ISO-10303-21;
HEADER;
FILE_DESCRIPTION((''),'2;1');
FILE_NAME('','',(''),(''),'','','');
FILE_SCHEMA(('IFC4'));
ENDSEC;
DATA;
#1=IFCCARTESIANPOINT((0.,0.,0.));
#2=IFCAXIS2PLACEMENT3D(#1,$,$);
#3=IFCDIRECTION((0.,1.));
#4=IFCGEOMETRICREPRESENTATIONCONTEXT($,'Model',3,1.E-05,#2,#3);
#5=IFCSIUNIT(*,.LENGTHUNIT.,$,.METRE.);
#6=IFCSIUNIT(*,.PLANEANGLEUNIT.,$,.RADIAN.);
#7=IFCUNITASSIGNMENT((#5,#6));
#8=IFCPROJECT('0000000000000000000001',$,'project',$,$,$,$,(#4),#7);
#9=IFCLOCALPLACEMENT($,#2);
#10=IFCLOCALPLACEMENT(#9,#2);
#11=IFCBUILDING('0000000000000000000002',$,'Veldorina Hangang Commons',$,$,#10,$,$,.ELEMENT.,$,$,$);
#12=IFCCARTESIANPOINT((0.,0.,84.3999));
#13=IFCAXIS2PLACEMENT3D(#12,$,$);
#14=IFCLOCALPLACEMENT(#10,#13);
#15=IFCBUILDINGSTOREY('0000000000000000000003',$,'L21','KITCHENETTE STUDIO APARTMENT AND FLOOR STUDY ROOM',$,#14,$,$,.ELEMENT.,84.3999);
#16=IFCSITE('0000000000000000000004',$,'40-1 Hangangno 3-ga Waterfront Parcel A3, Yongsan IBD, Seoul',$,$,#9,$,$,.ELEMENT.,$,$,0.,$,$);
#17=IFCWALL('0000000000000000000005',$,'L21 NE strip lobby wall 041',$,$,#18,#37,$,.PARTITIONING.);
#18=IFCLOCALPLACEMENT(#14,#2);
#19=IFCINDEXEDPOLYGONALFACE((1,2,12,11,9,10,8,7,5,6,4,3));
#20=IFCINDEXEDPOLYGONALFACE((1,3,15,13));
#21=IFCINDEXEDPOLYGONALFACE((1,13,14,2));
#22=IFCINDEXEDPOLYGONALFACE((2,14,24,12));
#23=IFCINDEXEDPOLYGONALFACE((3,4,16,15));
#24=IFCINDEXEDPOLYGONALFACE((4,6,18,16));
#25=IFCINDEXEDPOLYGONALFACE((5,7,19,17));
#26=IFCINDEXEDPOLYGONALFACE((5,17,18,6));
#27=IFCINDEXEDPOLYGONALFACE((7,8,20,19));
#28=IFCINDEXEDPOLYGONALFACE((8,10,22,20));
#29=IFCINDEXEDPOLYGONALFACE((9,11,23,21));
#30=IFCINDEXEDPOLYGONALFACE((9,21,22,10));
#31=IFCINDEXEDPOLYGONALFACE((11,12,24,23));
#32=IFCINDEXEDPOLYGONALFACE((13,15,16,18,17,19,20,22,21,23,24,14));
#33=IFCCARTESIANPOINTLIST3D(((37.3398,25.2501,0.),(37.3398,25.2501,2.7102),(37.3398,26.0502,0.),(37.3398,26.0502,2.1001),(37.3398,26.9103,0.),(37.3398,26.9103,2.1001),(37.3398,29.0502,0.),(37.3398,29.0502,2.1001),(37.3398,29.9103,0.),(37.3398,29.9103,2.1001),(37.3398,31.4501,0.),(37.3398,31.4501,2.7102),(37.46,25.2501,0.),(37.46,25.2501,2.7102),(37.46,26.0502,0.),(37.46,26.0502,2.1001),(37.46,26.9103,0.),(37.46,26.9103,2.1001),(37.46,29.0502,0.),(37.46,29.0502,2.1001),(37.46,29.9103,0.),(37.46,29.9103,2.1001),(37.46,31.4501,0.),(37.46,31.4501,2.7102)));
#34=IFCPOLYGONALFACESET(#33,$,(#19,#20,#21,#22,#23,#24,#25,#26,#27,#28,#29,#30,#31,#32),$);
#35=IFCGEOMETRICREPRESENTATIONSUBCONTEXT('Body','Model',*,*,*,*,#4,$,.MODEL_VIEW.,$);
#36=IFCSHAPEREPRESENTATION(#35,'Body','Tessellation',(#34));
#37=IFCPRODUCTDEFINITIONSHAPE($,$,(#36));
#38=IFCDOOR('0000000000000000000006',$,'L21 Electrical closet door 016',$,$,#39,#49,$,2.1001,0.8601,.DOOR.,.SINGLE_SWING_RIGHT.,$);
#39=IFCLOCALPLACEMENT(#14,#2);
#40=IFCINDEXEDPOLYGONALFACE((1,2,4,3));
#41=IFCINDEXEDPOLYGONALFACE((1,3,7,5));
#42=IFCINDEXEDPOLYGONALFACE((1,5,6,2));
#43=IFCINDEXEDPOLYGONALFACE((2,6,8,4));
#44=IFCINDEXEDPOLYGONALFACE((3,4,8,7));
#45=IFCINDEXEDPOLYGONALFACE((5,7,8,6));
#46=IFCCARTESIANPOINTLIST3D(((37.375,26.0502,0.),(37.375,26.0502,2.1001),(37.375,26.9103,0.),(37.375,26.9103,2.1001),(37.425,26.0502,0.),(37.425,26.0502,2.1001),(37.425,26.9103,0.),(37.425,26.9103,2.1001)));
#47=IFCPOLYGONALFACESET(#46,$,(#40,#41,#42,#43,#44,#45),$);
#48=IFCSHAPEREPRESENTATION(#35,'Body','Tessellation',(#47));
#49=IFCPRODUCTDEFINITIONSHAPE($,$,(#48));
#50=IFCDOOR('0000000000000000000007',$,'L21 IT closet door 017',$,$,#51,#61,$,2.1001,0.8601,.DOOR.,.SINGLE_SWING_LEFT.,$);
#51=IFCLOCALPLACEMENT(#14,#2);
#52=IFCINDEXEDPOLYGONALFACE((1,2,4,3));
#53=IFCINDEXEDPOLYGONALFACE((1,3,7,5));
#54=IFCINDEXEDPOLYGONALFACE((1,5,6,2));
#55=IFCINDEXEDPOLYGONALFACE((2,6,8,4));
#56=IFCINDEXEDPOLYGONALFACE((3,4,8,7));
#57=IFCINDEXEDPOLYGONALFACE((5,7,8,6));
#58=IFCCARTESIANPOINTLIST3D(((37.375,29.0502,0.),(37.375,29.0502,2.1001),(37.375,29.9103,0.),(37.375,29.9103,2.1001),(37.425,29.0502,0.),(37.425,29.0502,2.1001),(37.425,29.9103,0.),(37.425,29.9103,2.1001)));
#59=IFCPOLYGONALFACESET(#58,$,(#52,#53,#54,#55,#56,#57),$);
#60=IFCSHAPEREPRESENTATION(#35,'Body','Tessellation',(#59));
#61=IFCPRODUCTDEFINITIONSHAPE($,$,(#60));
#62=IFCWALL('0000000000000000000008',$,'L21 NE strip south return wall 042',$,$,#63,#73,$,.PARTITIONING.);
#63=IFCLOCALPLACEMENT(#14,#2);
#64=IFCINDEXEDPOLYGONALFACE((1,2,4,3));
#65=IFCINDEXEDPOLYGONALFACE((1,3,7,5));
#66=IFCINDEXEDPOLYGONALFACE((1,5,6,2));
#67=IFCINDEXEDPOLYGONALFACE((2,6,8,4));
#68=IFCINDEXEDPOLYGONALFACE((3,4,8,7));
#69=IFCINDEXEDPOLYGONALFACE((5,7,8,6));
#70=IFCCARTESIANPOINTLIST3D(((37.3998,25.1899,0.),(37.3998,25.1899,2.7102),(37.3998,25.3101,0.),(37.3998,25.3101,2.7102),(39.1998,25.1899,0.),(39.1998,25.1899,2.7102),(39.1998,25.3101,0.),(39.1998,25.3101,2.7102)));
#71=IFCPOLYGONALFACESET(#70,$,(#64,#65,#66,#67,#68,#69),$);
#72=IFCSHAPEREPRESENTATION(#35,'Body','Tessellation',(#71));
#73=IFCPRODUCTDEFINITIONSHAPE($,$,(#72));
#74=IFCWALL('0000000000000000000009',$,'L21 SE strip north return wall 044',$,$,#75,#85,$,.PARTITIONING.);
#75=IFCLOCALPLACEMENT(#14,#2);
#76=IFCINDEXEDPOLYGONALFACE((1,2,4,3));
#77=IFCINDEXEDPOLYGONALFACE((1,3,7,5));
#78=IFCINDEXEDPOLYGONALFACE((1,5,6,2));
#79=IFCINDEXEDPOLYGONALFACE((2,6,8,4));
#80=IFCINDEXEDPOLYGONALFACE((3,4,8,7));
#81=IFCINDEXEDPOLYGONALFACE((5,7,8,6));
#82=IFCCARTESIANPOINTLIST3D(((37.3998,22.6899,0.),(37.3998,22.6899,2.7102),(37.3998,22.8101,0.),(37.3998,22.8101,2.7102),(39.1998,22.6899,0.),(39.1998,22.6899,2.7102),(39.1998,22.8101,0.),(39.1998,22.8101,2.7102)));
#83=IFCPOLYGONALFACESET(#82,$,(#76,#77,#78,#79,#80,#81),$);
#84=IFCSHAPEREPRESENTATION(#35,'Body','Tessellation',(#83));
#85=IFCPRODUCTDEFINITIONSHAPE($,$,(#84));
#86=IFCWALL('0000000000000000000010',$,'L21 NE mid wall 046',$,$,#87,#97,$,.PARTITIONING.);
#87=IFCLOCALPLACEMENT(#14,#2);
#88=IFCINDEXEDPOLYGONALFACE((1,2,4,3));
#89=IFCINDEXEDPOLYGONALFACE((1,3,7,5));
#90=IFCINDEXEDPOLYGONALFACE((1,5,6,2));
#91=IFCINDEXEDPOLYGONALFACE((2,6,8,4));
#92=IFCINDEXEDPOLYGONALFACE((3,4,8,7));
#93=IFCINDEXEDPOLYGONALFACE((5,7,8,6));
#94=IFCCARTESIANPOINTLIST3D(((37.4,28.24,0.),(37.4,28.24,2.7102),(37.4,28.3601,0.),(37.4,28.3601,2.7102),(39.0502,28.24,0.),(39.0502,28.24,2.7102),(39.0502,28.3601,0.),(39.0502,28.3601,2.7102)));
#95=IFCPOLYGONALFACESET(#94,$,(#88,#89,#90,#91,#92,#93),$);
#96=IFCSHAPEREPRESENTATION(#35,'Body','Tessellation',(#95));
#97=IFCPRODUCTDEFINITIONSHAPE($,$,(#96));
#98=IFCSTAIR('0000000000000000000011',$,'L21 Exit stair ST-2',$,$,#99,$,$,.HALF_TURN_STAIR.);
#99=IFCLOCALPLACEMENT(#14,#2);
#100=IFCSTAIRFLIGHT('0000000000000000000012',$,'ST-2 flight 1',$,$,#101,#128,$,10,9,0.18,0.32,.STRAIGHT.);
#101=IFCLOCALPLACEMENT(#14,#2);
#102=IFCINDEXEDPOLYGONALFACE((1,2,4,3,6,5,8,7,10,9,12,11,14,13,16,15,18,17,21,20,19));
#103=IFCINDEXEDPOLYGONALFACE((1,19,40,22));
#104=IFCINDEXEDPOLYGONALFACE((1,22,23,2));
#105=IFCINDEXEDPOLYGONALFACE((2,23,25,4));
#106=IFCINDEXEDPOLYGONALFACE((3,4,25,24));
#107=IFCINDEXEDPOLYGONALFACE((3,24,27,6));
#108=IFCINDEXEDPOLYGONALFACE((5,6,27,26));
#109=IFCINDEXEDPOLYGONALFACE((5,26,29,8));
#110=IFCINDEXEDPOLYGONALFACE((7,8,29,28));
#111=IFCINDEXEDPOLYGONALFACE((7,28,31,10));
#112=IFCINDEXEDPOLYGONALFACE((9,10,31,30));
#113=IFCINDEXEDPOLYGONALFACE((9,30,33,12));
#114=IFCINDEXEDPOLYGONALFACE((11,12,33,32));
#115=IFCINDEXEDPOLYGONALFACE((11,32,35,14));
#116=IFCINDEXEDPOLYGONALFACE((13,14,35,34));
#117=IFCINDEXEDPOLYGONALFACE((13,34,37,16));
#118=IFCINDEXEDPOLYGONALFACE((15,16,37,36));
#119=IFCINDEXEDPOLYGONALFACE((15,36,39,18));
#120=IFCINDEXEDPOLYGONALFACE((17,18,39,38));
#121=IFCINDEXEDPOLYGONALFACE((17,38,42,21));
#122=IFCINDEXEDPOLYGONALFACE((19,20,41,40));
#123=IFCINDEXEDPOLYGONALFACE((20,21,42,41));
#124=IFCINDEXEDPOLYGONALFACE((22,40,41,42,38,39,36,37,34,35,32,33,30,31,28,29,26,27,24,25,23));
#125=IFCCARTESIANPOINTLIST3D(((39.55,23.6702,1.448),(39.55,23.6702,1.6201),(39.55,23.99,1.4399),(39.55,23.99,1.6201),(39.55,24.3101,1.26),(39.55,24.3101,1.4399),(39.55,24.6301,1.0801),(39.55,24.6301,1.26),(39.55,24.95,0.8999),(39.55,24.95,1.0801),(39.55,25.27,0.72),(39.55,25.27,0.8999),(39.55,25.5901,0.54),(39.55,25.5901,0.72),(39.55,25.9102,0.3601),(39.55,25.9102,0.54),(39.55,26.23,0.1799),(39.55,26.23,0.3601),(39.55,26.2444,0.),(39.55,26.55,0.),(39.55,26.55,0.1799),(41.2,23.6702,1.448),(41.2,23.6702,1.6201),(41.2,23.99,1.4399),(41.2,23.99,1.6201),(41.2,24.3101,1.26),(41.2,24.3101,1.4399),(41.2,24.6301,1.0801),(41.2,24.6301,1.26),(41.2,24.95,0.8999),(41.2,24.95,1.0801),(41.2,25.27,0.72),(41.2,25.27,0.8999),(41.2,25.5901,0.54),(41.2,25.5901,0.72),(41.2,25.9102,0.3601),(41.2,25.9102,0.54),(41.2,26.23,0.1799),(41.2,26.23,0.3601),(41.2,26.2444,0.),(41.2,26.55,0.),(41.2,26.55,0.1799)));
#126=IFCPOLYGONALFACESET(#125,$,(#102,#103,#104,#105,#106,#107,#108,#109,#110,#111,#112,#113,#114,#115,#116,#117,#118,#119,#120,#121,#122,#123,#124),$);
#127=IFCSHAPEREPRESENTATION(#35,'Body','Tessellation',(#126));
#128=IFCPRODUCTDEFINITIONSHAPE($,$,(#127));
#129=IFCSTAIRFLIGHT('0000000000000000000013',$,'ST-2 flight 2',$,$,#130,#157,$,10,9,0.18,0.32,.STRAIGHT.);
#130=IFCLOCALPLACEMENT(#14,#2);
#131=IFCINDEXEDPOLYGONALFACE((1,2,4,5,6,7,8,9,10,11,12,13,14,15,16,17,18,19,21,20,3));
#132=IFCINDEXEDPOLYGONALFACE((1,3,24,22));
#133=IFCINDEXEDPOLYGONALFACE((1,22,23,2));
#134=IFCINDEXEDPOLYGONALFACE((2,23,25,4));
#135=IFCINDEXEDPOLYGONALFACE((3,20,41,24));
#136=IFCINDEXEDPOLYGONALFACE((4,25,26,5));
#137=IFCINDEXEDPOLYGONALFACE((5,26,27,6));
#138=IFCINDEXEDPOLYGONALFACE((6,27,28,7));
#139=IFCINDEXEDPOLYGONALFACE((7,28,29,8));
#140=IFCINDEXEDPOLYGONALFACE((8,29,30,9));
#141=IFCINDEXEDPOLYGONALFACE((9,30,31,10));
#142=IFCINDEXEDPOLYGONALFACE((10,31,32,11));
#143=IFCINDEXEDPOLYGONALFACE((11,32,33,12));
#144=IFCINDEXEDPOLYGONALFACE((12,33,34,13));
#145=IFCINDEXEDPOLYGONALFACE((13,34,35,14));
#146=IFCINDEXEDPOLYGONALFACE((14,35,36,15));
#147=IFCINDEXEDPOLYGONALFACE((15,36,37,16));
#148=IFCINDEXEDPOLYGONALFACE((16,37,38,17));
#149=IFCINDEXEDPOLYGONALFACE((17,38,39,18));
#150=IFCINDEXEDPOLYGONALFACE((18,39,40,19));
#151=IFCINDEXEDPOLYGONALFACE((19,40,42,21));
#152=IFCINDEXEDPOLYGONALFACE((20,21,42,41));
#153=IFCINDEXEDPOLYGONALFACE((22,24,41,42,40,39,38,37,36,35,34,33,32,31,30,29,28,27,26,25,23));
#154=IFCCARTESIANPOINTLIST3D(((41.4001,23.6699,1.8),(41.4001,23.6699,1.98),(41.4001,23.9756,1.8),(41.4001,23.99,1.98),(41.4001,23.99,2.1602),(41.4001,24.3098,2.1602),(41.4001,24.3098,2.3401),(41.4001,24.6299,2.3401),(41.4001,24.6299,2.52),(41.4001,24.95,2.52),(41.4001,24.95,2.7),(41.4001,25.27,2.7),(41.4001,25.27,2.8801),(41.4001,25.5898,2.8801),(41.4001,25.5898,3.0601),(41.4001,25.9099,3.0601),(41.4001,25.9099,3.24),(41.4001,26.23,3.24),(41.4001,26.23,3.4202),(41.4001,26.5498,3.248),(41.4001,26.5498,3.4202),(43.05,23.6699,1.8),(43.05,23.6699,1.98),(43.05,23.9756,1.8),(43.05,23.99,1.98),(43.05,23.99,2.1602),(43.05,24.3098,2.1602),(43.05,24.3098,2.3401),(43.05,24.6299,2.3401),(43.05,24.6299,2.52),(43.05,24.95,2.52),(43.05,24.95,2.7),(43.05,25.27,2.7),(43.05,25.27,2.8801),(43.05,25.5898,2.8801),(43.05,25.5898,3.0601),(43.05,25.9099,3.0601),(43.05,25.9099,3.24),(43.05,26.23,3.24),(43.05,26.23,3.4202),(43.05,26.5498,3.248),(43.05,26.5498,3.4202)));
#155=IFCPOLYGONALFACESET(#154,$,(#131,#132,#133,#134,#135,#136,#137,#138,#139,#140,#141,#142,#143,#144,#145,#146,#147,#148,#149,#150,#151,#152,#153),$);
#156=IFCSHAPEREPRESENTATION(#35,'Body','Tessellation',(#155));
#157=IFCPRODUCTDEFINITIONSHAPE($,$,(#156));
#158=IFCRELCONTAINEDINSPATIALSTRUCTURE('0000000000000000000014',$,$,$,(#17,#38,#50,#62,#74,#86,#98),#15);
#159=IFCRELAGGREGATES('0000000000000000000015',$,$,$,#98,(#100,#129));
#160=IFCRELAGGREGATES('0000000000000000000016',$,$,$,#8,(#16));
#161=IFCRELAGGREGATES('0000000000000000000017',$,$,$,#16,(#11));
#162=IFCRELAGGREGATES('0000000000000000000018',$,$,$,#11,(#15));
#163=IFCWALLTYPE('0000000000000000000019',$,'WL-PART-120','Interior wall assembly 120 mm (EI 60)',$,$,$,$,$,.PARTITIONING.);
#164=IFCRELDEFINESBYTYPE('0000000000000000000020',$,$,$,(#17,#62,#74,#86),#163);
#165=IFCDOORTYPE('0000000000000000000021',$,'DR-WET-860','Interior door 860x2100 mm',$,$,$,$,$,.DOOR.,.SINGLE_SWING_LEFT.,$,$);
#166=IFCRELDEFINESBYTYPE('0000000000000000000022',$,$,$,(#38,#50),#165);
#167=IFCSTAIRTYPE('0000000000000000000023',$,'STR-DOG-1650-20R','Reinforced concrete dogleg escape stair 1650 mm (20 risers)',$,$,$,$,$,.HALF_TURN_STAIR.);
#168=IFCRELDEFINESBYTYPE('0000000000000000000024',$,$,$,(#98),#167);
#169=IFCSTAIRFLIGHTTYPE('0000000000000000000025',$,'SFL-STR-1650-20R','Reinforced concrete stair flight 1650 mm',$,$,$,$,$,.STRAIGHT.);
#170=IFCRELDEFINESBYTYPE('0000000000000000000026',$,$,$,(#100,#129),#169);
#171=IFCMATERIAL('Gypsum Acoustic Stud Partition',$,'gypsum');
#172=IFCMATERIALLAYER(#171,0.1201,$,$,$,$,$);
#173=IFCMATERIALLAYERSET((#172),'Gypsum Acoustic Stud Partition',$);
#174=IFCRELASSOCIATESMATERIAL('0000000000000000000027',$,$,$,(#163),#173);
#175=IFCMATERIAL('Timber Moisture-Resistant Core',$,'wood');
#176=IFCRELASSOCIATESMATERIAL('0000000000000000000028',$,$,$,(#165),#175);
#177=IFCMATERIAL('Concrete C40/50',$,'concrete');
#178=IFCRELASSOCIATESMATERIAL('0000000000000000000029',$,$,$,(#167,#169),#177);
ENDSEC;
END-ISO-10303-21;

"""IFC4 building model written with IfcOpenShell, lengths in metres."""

from ifc_helpers import new_model, si_unit, direction, frame, frame_2d, origin, place, context, subcontext, project, spatial, polyline, rectangle, outline, extrude, material, layer, layer_set, type_object, element, fill, aggregate, save


model = new_model("IFC4")

# Units and contexts
model_context = context("Model", 3, precision=1e-05, world=origin(), true_north=direction((0.0, 1.0)))
body_context = subcontext(model_context, "Body", "Model", "MODEL_VIEW")
ifc_project = project(units=[si_unit("LENGTHUNIT", "METRE"), si_unit("PLANEANGLEUNIT", "RADIAN")], contexts=[model_context])

# Site, building, storey
site_placement = place(None, origin())
site = spatial("IfcSite", under=ifc_project, at=site_placement, Name="40-1 Hangangno 3-ga Waterfront Parcel A3, Yongsan IBD, Seoul", CompositionType="ELEMENT", RefElevation=0.0)
building_placement = place(site_placement, origin())
building = spatial("IfcBuilding", under=site, at=building_placement, Name="Veldorina Hangang Commons", CompositionType="ELEMENT")
storey_placement = place(building_placement, frame((0.0, 0.0, 84.3999)))
storey = spatial("IfcBuildingStorey", under=building, at=storey_placement, Name="L21", Description="KITCHENETTE STUDIO APARTMENT AND FLOOR STUDY ROOM", CompositionType="ELEMENT", Elevation=84.3999)

# Wall, openings, doors
ifc_material_1 = material(Name="Gypsum Acoustic Stud Partition", Category="gypsum")
ifc_layer_1 = layer(ifc_material_1, 0.1201)
ifc_layer_set_1 = layer_set([ifc_layer_1], Name="Gypsum Acoustic Stud Partition")
wall_type_1 = type_object("IfcWallType", Name="WL-PART-120", Description="Interior wall assembly 120 mm (EI 60)", PredefinedType="PARTITIONING", material=ifc_layer_set_1)
wall_1_placement = place(storey_placement, frame((37.3999, 25.25, 0.0), z_axis=(0.0, 0.0, 1.0), x_axis=(0.0, 1.0, 0.0)))
wall_1 = element("IfcWall", 1, at=wall_1_placement, inside=storey, type_object=wall_type_1, Name="L21 NE strip lobby wall 041", PredefinedType="PARTITIONING", context=body_context, shape_type="SweptSolid", body=[
    extrude(rectangle(XDim=6.2, YDim=0.1201, at=frame_2d((3.1001, 0.0))), origin(), (0.0, 0.0, 1.0), 2.7102),
])
opening_1_placement = place(wall_1_placement, frame((0.8, 0.0, 0.0)))
opening_1 = element("IfcOpeningElement", 2, at=opening_1_placement, cuts=wall_1, PredefinedType="OPENING", context=body_context, shape_type="SweptSolid", body=[
    extrude(rectangle(XDim=0.8601, YDim=2.1001, at=frame_2d((0.4302, 1.05))), frame((0.0, 0.0701, 0.0), z_axis=(0.0, -1.0, 0.0), x_axis=(1.0, 0.0, 0.0)), (0.0, 0.0, 1.0), 0.1401),
])
opening_2_placement = place(wall_1_placement, frame((3.8, 0.0, 0.0)))
opening_2 = element("IfcOpeningElement", 3, at=opening_2_placement, cuts=wall_1, PredefinedType="OPENING", context=body_context, shape_type="SweptSolid", body=[
    extrude(rectangle(XDim=0.8601, YDim=2.1001, at=frame_2d((0.4302, 1.05))), frame((0.0, 0.0701, 0.0), z_axis=(0.0, -1.0, 0.0), x_axis=(1.0, 0.0, 0.0)), (0.0, 0.0, 1.0), 0.1401),
])
ifc_material_2 = material(Name="Timber Moisture-Resistant Core", Category="wood")
door_type_1 = type_object("IfcDoorType", Name="DR-WET-860", Description="Interior door 860x2100 mm", OperationType="SINGLE_SWING_LEFT", PredefinedType="DOOR", material=ifc_material_2)
door_1_placement = place(opening_1_placement, origin())
door_1 = element("IfcDoor", 4, at=door_1_placement, inside=storey, type_object=door_type_1, Name="L21 Electrical closet door 016", OperationType="SINGLE_SWING_RIGHT", OverallHeight=2.1001, OverallWidth=0.8601, PredefinedType="DOOR", context=body_context, shape_type="SweptSolid", body=[
    extrude(rectangle(XDim=0.8601, YDim=2.1001, at=frame_2d((0.4302, 1.05))), frame((0.0, 0.0249, 0.0), z_axis=(0.0, -1.0, 0.0), x_axis=(1.0, 0.0, 0.0)), (0.0, 0.0, 1.0), 0.05),
])
fill(opening_1, door_1)
door_2_placement = place(opening_2_placement, origin())
door_2 = element("IfcDoor", 5, at=door_2_placement, inside=storey, type_object=door_type_1, Name="L21 IT closet door 017", OperationType="SINGLE_SWING_LEFT", OverallHeight=2.1001, OverallWidth=0.8601, PredefinedType="DOOR", context=body_context, shape_type="SweptSolid", body=[
    extrude(rectangle(XDim=0.8601, YDim=2.1001, at=frame_2d((0.4302, 1.05))), frame((0.0, 0.0249, 0.0), z_axis=(0.0, -1.0, 0.0), x_axis=(1.0, 0.0, 0.0)), (0.0, 0.0, 1.0), 0.05),
])
fill(opening_2, door_2)

# Walls
for number, where, z_axis, x_axis, name in (
    (6, (37.3999, 25.25, 0.0), (0.0, 0.0, 1.0), (1.0, 0.0, 0.0), "L21 NE strip south return wall 042"),
    (7, (37.3999, 22.75, 0.0), (0.0, 0.0, 1.0), (1.0, 0.0, 0.0), "L21 SE strip north return wall 044"),
):
    element("IfcWall", number, at=place(storey_placement, frame(where, z_axis=z_axis, x_axis=x_axis)), inside=storey, type_object=wall_type_1, Name=name, PredefinedType="PARTITIONING", context=body_context, shape_type="SweptSolid", body=[
        extrude(rectangle(XDim=1.8, YDim=0.1201, at=frame_2d((0.8999, 0.0))), origin(), (0.0, 0.0, 1.0), 2.7102),
    ])
wall_2_placement = place(storey_placement, frame((37.3999, 28.3, 0.0), z_axis=(0.0, 0.0, 1.0), x_axis=(1.0, 0.0, 0.0)))
element("IfcWall", 8, at=wall_2_placement, inside=storey, type_object=wall_type_1, Name="L21 NE mid wall 046", PredefinedType="PARTITIONING", context=body_context, shape_type="SweptSolid", body=[
    extrude(rectangle(XDim=1.6501, YDim=0.1201, at=frame_2d((0.8252, 0.0))), origin(), (0.0, 0.0, 1.0), 2.7102),
])

# Stair, stair flights
ifc_material_3 = material(Name="Concrete C40/50", Category="concrete")
stair_type = type_object("IfcStairType", Name="STR-DOG-1650-20R", Description="Reinforced concrete dogleg escape stair 1650 mm (20 risers)", PredefinedType="HALF_TURN_STAIR", material=ifc_material_3)
stair_placement = place(storey_placement, origin())
stair = element("IfcStair", 9, at=stair_placement, inside=storey, type_object=stair_type, Name="L21 Exit stair ST-2", PredefinedType="HALF_TURN_STAIR")
stair_flight_type = type_object("IfcStairFlightType", Name="SFL-STR-1650-20R", Description="Reinforced concrete stair flight 1650 mm", PredefinedType="STRAIGHT", material=ifc_material_3)
stair_flight_1_placement = place(storey_placement, frame((40.375, 26.55, 0.0), z_axis=(0.0, 0.0, 1.0), x_axis=(0.0, -1.0, 0.0)))
stair_flight_1 = element("IfcStairFlight", 10, at=stair_flight_1_placement, type_object=stair_flight_type, Name="ST-2 flight 1", NumberOfRisers=10, NumberOfTreads=9, PredefinedType="STRAIGHT", RiserHeight=0.18, TreadLength=0.32, context=body_context, shape_type="SweptSolid", body=[
    extrude(outline(polyline([(0.0, 0.0), (0.0, 0.1799), (0.3201, 0.1799), (0.3201, 0.3601), (0.6399, 0.3601), (0.6399, 0.54), (0.96, 0.54), (0.96, 0.72), (1.28, 0.72), (1.28, 0.8999), (1.6001, 0.8999), (1.6001, 1.0801), (1.9199, 1.0801), (1.9199, 1.26), (2.24, 1.26), (2.24, 1.4399), (2.5601, 1.4399), (2.5601, 1.6201), (2.8799, 1.6201), (2.8799, 1.8), (2.8799, 1.448), (0.3057, 0.0), (0.0, 0.0)])), frame((0.0, 0.825, 0.0), z_axis=(0.0, -1.0, 0.0), x_axis=(1.0, 0.0, 0.0)), (0.0, 0.0, 1.0), 1.6499),
])
stair_flight_2_placement = place(storey_placement, frame((42.2251, 23.6699, 1.8), z_axis=(0.0, 0.0, 1.0), x_axis=(0.0, 1.0, 0.0)))
stair_flight_2 = element("IfcStairFlight", 11, at=stair_flight_2_placement, type_object=stair_flight_type, Name="ST-2 flight 2", NumberOfRisers=10, NumberOfTreads=9, PredefinedType="STRAIGHT", RiserHeight=0.18, TreadLength=0.32, context=body_context, shape_type="SweptSolid", body=[
    extrude(outline(polyline([(0.0, 0.0), (0.0, 0.1799), (0.3201, 0.1799), (0.3201, 0.3601), (0.6399, 0.3601), (0.6399, 0.54), (0.96, 0.54), (0.96, 0.72), (1.28, 0.72), (1.28, 0.8999), (1.6001, 0.8999), (1.6001, 1.0801), (1.9199, 1.0801), (1.9199, 1.26), (2.24, 1.26), (2.24, 1.4399), (2.5601, 1.4399), (2.5601, 1.6201), (2.8799, 1.6201), (2.8799, 1.8), (2.8799, 1.448), (0.3057, 0.0), (0.0, 0.0)])), frame((0.0, 0.825, 0.0), z_axis=(0.0, -1.0, 0.0), x_axis=(1.0, 0.0, 0.0)), (0.0, 0.0, 1.0), 1.6499),
])
aggregate(stair, [stair_flight_1, stair_flight_2])

save(model, "model.ifc")
